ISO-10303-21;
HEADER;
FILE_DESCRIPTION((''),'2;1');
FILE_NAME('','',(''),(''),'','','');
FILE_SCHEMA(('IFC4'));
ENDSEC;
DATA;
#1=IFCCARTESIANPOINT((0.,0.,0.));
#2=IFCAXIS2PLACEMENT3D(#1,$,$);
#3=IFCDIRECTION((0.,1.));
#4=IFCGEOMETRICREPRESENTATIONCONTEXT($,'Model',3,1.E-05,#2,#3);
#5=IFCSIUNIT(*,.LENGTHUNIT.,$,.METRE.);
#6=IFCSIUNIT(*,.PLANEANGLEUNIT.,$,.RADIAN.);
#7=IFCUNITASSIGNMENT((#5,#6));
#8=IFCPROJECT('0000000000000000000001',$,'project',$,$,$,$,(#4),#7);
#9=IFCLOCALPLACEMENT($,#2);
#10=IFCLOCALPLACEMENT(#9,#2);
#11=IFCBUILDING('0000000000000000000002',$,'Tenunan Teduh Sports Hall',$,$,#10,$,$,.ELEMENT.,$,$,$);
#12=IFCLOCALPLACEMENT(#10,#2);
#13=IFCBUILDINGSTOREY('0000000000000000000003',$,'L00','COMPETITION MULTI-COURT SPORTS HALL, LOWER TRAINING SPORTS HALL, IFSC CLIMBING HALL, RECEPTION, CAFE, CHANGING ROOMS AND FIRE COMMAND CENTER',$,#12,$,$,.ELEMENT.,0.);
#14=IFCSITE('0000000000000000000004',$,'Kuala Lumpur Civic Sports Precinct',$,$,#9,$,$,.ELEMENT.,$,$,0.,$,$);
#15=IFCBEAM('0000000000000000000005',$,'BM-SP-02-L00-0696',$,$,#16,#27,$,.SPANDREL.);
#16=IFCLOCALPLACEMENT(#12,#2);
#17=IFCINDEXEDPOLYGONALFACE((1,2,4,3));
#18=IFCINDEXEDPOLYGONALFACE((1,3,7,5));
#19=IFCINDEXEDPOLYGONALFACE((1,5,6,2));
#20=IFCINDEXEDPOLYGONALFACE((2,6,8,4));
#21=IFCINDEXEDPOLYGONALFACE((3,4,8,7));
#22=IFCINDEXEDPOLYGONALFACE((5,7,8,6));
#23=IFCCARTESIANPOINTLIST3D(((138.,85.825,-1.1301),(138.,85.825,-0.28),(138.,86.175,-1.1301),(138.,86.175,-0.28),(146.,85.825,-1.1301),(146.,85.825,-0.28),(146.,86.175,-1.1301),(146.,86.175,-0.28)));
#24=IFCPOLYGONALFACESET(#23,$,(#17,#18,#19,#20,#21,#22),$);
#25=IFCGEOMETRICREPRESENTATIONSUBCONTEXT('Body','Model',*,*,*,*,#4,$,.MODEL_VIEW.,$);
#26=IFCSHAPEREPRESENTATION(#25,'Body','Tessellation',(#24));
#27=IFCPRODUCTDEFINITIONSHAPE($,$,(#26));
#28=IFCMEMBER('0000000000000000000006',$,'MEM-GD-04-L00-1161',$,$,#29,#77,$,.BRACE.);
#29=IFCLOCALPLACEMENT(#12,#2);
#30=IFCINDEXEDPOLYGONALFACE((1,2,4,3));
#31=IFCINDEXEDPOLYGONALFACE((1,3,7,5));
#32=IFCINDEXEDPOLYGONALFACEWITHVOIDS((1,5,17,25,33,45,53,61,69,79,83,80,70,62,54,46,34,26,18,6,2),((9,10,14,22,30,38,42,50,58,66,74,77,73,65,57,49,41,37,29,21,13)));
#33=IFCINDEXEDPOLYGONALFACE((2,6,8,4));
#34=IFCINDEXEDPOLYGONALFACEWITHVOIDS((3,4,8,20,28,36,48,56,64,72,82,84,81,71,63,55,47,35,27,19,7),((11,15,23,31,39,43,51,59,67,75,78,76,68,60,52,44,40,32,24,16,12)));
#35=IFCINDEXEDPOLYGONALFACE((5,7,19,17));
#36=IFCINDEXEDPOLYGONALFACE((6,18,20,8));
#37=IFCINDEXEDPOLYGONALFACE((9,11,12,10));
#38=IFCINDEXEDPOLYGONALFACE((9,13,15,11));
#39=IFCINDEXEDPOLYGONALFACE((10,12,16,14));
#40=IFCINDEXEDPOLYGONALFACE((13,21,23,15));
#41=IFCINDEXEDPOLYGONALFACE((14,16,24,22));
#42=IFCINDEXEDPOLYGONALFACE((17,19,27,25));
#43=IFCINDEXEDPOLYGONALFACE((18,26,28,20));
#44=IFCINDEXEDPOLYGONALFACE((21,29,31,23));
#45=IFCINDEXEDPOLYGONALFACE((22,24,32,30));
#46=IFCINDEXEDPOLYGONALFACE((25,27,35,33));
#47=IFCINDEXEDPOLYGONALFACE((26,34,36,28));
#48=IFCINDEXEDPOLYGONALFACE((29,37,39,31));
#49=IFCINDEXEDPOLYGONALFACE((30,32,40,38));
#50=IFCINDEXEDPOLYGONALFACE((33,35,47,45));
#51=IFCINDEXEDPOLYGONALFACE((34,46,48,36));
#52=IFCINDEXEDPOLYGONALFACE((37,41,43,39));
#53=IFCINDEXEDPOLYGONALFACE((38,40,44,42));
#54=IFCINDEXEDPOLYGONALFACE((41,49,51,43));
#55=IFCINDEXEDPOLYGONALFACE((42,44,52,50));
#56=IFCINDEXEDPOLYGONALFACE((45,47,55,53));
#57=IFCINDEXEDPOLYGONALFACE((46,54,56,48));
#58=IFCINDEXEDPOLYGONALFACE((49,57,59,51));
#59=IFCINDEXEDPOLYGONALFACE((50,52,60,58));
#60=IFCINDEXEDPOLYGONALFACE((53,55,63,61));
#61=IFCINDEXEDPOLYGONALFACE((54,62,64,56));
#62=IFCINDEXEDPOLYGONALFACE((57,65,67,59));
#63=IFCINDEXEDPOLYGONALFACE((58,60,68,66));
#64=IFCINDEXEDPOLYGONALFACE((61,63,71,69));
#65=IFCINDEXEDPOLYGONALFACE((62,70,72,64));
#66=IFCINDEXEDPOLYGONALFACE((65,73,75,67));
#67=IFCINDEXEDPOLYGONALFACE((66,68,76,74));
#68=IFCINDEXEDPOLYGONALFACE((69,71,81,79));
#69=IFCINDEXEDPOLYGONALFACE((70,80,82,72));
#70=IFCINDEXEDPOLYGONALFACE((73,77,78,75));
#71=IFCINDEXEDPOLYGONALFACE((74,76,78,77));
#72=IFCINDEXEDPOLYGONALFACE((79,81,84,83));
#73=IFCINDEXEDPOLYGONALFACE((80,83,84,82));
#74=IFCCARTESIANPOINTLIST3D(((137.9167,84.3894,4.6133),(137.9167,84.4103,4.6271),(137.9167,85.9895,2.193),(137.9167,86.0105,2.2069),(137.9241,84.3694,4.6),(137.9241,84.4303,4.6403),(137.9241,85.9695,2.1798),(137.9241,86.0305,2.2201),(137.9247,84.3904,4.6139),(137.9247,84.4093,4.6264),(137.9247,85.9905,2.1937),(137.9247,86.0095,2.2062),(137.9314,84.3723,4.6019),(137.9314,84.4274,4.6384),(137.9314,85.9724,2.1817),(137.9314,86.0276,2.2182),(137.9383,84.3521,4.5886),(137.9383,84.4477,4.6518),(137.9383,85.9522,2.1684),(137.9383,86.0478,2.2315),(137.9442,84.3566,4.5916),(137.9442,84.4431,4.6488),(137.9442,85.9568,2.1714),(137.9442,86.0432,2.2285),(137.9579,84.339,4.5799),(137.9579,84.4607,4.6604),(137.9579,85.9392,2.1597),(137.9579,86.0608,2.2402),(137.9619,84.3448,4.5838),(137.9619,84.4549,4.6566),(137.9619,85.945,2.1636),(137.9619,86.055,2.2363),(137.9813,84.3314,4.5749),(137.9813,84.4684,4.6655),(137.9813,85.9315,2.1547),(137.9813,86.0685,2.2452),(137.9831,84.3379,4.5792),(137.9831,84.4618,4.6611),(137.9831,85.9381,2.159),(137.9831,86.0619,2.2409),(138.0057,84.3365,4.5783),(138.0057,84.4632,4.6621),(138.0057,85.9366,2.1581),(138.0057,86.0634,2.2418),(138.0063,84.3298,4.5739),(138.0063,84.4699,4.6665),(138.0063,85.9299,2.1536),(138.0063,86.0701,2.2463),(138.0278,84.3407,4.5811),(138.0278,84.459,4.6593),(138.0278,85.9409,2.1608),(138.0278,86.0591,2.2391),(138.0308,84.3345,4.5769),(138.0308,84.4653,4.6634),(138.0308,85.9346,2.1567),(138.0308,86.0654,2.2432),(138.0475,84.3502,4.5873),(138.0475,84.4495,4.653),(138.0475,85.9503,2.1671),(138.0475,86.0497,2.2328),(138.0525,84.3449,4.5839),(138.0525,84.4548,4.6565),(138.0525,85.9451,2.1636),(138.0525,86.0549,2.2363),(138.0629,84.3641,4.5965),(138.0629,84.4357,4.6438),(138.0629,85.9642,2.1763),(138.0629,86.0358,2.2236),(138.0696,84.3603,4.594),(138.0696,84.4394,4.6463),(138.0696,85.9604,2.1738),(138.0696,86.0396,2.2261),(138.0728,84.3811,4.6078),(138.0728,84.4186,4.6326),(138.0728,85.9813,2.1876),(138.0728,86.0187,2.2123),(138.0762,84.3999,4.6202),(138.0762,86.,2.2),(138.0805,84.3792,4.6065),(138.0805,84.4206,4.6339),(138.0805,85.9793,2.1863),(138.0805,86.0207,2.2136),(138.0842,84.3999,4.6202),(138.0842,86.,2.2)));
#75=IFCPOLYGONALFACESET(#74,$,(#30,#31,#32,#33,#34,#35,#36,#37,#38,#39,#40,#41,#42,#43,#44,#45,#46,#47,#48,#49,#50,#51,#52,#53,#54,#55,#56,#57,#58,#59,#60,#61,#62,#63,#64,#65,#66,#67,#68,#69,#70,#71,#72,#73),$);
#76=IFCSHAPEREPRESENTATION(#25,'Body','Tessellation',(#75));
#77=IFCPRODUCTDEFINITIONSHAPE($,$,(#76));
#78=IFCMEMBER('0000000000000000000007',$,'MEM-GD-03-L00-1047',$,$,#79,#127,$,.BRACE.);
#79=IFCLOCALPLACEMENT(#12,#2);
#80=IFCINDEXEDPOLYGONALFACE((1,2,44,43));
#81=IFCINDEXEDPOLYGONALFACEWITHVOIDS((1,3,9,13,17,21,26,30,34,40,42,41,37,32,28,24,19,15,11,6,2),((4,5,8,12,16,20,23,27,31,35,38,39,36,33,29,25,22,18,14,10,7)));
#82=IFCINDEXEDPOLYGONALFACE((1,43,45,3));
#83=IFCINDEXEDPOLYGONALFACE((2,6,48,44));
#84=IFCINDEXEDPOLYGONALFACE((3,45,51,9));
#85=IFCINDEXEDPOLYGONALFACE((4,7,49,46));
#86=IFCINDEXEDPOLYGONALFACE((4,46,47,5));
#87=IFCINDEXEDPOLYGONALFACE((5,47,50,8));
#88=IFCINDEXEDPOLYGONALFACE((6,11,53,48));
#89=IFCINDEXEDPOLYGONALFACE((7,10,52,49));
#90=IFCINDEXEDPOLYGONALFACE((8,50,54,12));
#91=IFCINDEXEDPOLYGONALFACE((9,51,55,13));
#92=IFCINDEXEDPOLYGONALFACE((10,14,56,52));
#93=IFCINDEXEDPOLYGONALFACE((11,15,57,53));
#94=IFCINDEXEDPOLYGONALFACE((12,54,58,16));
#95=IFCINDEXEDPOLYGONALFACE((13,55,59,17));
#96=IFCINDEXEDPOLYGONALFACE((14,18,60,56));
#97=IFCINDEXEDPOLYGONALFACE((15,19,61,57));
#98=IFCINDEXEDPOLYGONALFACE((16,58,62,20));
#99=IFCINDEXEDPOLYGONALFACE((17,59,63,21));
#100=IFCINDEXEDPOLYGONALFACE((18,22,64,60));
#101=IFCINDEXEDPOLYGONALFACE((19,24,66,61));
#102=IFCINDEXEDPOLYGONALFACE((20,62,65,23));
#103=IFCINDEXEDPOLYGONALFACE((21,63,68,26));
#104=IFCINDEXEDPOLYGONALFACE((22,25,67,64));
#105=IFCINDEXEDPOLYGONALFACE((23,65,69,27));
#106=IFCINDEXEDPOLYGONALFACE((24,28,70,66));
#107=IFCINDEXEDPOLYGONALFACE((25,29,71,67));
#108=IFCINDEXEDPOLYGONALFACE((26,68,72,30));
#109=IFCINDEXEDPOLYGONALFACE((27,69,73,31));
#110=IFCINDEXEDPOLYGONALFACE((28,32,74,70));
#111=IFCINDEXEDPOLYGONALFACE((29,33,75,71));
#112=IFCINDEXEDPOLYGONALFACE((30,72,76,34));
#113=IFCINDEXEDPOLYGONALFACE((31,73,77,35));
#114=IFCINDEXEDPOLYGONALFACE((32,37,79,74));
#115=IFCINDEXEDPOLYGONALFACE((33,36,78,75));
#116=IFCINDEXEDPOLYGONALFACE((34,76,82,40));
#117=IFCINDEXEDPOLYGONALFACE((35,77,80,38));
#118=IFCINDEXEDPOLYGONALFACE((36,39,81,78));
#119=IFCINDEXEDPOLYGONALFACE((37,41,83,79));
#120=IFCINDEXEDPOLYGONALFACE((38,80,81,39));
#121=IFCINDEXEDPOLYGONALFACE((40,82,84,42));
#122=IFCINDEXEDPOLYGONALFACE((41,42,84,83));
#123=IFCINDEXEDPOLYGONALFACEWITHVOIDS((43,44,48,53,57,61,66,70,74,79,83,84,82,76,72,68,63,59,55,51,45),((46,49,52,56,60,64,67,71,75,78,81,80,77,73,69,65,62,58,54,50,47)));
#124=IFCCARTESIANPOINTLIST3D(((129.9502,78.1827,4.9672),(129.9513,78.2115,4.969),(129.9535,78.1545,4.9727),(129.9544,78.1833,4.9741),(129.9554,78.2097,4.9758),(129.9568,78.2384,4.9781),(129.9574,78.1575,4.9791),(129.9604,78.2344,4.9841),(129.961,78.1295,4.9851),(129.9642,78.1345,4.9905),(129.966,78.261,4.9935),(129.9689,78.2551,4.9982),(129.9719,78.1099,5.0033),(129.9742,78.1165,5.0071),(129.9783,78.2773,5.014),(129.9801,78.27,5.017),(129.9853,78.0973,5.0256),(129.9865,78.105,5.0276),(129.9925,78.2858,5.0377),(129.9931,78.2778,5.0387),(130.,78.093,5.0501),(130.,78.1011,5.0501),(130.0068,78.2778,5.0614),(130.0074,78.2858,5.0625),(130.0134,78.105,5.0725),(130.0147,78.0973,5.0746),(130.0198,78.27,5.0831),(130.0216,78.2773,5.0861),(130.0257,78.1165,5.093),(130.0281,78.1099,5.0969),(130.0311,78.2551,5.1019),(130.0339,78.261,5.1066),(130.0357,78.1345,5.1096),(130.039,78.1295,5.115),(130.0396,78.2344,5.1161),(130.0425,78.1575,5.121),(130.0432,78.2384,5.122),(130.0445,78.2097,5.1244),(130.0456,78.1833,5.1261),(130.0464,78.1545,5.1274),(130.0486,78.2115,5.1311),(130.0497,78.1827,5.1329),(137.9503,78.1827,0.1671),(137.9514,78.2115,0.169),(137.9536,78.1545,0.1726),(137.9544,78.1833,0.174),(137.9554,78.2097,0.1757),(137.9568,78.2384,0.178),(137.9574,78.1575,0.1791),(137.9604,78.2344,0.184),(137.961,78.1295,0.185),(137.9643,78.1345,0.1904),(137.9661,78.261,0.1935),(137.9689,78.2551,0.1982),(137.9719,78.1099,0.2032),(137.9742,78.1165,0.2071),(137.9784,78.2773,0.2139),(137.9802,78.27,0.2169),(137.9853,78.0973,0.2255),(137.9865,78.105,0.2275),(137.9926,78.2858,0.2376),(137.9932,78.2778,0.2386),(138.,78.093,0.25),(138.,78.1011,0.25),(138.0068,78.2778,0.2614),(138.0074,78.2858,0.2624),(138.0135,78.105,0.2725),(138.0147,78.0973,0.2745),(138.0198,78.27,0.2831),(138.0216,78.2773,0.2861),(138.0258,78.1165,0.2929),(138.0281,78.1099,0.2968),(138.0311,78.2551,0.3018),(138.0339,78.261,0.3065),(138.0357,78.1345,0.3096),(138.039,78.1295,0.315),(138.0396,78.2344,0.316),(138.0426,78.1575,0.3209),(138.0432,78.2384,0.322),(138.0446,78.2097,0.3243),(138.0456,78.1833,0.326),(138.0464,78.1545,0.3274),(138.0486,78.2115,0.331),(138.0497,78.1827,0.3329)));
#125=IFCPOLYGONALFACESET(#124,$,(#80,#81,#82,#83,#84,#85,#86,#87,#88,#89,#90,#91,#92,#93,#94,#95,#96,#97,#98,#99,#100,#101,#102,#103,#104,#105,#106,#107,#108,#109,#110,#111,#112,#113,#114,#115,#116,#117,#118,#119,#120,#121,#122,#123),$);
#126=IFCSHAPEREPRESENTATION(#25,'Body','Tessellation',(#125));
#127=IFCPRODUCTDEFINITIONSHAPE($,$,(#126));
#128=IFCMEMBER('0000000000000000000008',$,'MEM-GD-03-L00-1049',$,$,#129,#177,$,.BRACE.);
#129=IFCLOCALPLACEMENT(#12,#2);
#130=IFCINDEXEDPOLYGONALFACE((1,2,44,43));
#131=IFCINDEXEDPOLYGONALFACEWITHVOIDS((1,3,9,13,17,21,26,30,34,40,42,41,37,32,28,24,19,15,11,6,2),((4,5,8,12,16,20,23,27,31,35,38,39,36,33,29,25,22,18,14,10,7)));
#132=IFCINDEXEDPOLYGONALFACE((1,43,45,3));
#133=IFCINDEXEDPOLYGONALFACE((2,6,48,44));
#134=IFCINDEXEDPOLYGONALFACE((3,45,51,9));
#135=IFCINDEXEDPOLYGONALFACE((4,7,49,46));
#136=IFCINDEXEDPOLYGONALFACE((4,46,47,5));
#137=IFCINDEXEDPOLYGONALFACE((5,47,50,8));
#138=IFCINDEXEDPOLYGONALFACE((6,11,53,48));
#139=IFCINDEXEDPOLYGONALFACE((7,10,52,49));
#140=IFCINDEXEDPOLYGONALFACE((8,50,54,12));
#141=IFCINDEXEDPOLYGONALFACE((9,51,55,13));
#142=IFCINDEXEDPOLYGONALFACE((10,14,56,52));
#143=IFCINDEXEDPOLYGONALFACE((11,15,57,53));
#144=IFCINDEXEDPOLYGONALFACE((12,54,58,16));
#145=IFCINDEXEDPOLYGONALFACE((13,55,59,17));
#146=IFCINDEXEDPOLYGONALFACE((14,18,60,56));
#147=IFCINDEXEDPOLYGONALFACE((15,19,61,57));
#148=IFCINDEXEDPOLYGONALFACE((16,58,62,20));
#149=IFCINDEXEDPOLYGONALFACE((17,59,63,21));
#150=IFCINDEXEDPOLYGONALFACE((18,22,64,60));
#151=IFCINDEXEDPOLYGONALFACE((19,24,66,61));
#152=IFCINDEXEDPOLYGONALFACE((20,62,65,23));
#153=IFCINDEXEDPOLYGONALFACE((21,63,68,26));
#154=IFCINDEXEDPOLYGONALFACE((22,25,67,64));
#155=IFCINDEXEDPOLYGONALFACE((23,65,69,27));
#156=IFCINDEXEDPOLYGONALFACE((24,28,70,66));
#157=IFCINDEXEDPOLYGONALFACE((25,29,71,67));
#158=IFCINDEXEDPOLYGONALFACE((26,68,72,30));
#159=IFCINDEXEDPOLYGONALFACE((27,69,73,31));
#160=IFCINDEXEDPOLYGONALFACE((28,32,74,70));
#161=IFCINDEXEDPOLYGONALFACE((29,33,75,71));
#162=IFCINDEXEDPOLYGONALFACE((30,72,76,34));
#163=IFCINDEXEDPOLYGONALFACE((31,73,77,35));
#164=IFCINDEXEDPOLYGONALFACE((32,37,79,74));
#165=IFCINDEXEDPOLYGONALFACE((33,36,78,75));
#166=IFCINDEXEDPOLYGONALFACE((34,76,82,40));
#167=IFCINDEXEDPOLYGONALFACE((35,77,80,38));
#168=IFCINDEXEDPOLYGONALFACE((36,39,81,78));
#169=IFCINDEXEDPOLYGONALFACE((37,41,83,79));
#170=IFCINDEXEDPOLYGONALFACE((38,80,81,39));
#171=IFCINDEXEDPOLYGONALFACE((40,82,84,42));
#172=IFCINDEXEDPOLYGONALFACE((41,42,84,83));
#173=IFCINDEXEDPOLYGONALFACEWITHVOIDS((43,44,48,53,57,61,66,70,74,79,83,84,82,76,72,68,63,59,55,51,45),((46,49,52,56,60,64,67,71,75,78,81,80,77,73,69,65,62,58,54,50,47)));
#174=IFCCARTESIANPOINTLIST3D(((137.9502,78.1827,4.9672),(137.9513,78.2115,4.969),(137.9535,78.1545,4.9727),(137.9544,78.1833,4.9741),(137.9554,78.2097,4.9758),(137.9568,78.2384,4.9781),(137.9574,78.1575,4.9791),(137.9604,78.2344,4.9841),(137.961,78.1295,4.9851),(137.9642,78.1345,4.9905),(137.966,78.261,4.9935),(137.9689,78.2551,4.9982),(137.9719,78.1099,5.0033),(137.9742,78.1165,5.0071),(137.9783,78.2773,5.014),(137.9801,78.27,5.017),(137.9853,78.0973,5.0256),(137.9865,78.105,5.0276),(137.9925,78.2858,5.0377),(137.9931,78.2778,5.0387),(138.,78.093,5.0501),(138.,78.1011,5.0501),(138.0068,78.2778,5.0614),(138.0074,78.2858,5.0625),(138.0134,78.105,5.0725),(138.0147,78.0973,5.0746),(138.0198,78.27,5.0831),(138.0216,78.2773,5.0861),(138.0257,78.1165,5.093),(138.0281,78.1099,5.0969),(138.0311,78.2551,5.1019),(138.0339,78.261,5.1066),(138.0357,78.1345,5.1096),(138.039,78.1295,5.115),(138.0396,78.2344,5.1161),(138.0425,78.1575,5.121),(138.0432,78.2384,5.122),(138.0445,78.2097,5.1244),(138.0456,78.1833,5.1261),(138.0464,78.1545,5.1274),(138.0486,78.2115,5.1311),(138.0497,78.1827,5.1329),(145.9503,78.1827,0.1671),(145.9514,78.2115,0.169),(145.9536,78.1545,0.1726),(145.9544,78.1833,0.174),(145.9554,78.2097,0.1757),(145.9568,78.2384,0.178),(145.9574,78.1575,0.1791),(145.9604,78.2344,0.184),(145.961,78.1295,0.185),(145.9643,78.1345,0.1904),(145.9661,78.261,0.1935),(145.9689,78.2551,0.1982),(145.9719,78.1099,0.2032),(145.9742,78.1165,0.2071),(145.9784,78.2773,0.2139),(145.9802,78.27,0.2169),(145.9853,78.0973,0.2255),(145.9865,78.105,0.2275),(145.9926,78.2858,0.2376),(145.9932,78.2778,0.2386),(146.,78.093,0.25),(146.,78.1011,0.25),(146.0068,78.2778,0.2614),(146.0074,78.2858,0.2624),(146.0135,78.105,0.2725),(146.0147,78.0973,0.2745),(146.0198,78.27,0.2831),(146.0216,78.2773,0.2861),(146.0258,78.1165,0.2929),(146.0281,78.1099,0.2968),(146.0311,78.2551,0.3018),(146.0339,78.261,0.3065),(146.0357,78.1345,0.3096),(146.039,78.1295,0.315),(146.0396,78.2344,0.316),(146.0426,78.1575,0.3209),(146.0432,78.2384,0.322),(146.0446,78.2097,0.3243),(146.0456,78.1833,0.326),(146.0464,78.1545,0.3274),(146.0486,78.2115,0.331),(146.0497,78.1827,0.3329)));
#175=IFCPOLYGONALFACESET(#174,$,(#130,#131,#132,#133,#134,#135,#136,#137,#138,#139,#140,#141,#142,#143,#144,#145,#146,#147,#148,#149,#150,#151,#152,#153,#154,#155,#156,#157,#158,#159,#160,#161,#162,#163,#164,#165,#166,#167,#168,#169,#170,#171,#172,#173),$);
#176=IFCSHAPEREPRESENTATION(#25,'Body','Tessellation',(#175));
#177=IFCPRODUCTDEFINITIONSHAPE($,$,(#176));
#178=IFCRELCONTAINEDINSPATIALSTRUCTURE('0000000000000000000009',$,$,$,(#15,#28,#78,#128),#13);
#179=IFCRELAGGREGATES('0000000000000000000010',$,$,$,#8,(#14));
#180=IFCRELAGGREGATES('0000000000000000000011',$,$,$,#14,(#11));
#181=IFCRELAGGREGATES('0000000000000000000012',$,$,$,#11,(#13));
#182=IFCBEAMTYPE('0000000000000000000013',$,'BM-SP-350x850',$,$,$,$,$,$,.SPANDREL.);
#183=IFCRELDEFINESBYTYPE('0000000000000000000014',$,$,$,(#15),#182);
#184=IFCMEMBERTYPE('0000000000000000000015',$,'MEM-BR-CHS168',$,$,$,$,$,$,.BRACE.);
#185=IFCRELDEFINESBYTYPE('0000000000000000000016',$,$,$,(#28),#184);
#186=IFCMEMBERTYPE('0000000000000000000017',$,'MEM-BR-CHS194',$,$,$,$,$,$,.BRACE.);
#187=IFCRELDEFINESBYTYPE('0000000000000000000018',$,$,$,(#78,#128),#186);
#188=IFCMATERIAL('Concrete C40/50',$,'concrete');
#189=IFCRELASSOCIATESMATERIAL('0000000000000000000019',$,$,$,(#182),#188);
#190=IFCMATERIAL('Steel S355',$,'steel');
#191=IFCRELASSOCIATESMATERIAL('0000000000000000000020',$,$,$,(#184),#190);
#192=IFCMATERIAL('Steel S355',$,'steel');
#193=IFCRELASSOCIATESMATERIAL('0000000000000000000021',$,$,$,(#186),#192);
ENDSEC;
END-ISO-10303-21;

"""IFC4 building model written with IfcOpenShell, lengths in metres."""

from ifc_helpers import new_model, si_unit, direction, frame, origin, origin_2d, place, context, subcontext, project, spatial, rectangle, hollow_circle, extrude, material, material_profile, profile_set, type_object, element, save


model = new_model("IFC4")

# Units and contexts
model_context = context("Model", 3, precision=1e-05, world=origin(), true_north=direction((0.0, 1.0)))
body_context = subcontext(model_context, "Body", "Model", "MODEL_VIEW")
ifc_project = project(units=[si_unit("LENGTHUNIT", "METRE"), si_unit("PLANEANGLEUNIT", "RADIAN")], contexts=[model_context])

# Site, building, storey
site_placement = place(None, origin())
site = spatial("IfcSite", under=ifc_project, at=site_placement, Name="Kuala Lumpur Civic Sports Precinct", CompositionType="ELEMENT", RefElevation=0.0)
building_placement = place(site_placement, origin())
building = spatial("IfcBuilding", under=site, at=building_placement, Name="Tenunan Teduh Sports Hall", CompositionType="ELEMENT")
storey_placement = place(building_placement, origin())
storey = spatial("IfcBuildingStorey", under=building, at=storey_placement, Name="L00", Description="COMPETITION MULTI-COURT SPORTS HALL, LOWER TRAINING SPORTS HALL, IFSC CLIMBING HALL, RECEPTION, CAFE, CHANGING ROOMS AND FIRE COMMAND CENTER", CompositionType="ELEMENT", Elevation=0.0)

# Beam
ifc_material_1 = material(Name="Concrete C40/50", Category="concrete")
ifc_material_profile_1 = material_profile(ifc_material_1, rectangle(XDim=0.3501, YDim=0.8501, at=origin_2d()), Name="SPB 350x850")
ifc_profile_set_1 = profile_set([ifc_material_profile_1], Name="Concrete C40/50")
beam_type_1 = type_object("IfcBeamType", Name="BM-SP-350x850", PredefinedType="SPANDREL", material=ifc_profile_set_1)
beam_1_placement = place(storey_placement, frame((138.0, 86.0, -0.7051), z_axis=(1.0, 0.0, 0.0), x_axis=(0.0, 1.0, 0.0)))
element("IfcBeam", 1, at=beam_1_placement, inside=storey, type_object=beam_type_1, Name="BM-SP-02-L00-0696", PredefinedType="SPANDREL", context=body_context, shape_type="SweptSolid", body=[
    extrude(rectangle(XDim=0.3501, YDim=0.8501, at=origin_2d()), origin(), (0.0, 0.0, 1.0), 8.0),
])

# Members
ifc_material_2 = material(Name="Steel S355", Category="steel")
ifc_material_profile_2 = material_profile(ifc_material_2, hollow_circle(Radius=0.0842, WallThickness=0.0081, at=origin_2d()), Name="CHS 168.3x8.0")
ifc_profile_set_2 = profile_set([ifc_material_profile_2], Name="Steel S355")
member_type_1 = type_object("IfcMemberType", Name="MEM-BR-CHS168", PredefinedType="BRACE", material=ifc_profile_set_2)
member_1_placement = place(storey_placement, frame((138.0, 86.0, 2.2), z_axis=(0.0, -0.551511, 0.834167), x_axis=(1.0, 0.0, 0.0)))
element("IfcMember", 2, at=member_1_placement, inside=storey, type_object=member_type_1, Name="MEM-GD-04-L00-1161", PredefinedType="BRACE", context=body_context, shape_type="SweptSolid", body=[
    extrude(hollow_circle(Radius=0.0842, WallThickness=0.0081, at=origin_2d()), origin(), (0.0, 0.0, 1.0), 2.9014),
])
ifc_material_3 = material(Name="Steel S355", Category="steel")
ifc_material_profile_3 = material_profile(ifc_material_3, hollow_circle(Radius=0.0969, WallThickness=0.0081, at=origin_2d()), Name="CHS 193.7x8.0")
ifc_profile_set_3 = profile_set([ifc_material_profile_3], Name="Steel S355")
member_type_2 = type_object("IfcMemberType", Name="MEM-BR-CHS194", PredefinedType="BRACE", material=ifc_profile_set_3)
for number, where, z_axis, x_axis, name in (
    (3, (138.0, 78.1899, 0.25), (-0.857491, 0.0, 0.5145), (0.0, -1.0, 0.0), "MEM-GD-03-L00-1047"),
    (4, (146.0, 78.1899, 0.25), (-0.857491, 0.0, 0.5145), (0.0, -1.0, 0.0), "MEM-GD-03-L00-1049"),
):
    element("IfcMember", number, at=place(storey_placement, frame(where, z_axis=z_axis, x_axis=x_axis)), inside=storey, type_object=member_type_2, Name=name, PredefinedType="BRACE", context=body_context, shape_type="SweptSolid", body=[
        extrude(hollow_circle(Radius=0.0969, WallThickness=0.0081, at=origin_2d()), origin(), (0.0, 0.0, 1.0), 9.3296),
    ])

save(model, "model.ifc")
